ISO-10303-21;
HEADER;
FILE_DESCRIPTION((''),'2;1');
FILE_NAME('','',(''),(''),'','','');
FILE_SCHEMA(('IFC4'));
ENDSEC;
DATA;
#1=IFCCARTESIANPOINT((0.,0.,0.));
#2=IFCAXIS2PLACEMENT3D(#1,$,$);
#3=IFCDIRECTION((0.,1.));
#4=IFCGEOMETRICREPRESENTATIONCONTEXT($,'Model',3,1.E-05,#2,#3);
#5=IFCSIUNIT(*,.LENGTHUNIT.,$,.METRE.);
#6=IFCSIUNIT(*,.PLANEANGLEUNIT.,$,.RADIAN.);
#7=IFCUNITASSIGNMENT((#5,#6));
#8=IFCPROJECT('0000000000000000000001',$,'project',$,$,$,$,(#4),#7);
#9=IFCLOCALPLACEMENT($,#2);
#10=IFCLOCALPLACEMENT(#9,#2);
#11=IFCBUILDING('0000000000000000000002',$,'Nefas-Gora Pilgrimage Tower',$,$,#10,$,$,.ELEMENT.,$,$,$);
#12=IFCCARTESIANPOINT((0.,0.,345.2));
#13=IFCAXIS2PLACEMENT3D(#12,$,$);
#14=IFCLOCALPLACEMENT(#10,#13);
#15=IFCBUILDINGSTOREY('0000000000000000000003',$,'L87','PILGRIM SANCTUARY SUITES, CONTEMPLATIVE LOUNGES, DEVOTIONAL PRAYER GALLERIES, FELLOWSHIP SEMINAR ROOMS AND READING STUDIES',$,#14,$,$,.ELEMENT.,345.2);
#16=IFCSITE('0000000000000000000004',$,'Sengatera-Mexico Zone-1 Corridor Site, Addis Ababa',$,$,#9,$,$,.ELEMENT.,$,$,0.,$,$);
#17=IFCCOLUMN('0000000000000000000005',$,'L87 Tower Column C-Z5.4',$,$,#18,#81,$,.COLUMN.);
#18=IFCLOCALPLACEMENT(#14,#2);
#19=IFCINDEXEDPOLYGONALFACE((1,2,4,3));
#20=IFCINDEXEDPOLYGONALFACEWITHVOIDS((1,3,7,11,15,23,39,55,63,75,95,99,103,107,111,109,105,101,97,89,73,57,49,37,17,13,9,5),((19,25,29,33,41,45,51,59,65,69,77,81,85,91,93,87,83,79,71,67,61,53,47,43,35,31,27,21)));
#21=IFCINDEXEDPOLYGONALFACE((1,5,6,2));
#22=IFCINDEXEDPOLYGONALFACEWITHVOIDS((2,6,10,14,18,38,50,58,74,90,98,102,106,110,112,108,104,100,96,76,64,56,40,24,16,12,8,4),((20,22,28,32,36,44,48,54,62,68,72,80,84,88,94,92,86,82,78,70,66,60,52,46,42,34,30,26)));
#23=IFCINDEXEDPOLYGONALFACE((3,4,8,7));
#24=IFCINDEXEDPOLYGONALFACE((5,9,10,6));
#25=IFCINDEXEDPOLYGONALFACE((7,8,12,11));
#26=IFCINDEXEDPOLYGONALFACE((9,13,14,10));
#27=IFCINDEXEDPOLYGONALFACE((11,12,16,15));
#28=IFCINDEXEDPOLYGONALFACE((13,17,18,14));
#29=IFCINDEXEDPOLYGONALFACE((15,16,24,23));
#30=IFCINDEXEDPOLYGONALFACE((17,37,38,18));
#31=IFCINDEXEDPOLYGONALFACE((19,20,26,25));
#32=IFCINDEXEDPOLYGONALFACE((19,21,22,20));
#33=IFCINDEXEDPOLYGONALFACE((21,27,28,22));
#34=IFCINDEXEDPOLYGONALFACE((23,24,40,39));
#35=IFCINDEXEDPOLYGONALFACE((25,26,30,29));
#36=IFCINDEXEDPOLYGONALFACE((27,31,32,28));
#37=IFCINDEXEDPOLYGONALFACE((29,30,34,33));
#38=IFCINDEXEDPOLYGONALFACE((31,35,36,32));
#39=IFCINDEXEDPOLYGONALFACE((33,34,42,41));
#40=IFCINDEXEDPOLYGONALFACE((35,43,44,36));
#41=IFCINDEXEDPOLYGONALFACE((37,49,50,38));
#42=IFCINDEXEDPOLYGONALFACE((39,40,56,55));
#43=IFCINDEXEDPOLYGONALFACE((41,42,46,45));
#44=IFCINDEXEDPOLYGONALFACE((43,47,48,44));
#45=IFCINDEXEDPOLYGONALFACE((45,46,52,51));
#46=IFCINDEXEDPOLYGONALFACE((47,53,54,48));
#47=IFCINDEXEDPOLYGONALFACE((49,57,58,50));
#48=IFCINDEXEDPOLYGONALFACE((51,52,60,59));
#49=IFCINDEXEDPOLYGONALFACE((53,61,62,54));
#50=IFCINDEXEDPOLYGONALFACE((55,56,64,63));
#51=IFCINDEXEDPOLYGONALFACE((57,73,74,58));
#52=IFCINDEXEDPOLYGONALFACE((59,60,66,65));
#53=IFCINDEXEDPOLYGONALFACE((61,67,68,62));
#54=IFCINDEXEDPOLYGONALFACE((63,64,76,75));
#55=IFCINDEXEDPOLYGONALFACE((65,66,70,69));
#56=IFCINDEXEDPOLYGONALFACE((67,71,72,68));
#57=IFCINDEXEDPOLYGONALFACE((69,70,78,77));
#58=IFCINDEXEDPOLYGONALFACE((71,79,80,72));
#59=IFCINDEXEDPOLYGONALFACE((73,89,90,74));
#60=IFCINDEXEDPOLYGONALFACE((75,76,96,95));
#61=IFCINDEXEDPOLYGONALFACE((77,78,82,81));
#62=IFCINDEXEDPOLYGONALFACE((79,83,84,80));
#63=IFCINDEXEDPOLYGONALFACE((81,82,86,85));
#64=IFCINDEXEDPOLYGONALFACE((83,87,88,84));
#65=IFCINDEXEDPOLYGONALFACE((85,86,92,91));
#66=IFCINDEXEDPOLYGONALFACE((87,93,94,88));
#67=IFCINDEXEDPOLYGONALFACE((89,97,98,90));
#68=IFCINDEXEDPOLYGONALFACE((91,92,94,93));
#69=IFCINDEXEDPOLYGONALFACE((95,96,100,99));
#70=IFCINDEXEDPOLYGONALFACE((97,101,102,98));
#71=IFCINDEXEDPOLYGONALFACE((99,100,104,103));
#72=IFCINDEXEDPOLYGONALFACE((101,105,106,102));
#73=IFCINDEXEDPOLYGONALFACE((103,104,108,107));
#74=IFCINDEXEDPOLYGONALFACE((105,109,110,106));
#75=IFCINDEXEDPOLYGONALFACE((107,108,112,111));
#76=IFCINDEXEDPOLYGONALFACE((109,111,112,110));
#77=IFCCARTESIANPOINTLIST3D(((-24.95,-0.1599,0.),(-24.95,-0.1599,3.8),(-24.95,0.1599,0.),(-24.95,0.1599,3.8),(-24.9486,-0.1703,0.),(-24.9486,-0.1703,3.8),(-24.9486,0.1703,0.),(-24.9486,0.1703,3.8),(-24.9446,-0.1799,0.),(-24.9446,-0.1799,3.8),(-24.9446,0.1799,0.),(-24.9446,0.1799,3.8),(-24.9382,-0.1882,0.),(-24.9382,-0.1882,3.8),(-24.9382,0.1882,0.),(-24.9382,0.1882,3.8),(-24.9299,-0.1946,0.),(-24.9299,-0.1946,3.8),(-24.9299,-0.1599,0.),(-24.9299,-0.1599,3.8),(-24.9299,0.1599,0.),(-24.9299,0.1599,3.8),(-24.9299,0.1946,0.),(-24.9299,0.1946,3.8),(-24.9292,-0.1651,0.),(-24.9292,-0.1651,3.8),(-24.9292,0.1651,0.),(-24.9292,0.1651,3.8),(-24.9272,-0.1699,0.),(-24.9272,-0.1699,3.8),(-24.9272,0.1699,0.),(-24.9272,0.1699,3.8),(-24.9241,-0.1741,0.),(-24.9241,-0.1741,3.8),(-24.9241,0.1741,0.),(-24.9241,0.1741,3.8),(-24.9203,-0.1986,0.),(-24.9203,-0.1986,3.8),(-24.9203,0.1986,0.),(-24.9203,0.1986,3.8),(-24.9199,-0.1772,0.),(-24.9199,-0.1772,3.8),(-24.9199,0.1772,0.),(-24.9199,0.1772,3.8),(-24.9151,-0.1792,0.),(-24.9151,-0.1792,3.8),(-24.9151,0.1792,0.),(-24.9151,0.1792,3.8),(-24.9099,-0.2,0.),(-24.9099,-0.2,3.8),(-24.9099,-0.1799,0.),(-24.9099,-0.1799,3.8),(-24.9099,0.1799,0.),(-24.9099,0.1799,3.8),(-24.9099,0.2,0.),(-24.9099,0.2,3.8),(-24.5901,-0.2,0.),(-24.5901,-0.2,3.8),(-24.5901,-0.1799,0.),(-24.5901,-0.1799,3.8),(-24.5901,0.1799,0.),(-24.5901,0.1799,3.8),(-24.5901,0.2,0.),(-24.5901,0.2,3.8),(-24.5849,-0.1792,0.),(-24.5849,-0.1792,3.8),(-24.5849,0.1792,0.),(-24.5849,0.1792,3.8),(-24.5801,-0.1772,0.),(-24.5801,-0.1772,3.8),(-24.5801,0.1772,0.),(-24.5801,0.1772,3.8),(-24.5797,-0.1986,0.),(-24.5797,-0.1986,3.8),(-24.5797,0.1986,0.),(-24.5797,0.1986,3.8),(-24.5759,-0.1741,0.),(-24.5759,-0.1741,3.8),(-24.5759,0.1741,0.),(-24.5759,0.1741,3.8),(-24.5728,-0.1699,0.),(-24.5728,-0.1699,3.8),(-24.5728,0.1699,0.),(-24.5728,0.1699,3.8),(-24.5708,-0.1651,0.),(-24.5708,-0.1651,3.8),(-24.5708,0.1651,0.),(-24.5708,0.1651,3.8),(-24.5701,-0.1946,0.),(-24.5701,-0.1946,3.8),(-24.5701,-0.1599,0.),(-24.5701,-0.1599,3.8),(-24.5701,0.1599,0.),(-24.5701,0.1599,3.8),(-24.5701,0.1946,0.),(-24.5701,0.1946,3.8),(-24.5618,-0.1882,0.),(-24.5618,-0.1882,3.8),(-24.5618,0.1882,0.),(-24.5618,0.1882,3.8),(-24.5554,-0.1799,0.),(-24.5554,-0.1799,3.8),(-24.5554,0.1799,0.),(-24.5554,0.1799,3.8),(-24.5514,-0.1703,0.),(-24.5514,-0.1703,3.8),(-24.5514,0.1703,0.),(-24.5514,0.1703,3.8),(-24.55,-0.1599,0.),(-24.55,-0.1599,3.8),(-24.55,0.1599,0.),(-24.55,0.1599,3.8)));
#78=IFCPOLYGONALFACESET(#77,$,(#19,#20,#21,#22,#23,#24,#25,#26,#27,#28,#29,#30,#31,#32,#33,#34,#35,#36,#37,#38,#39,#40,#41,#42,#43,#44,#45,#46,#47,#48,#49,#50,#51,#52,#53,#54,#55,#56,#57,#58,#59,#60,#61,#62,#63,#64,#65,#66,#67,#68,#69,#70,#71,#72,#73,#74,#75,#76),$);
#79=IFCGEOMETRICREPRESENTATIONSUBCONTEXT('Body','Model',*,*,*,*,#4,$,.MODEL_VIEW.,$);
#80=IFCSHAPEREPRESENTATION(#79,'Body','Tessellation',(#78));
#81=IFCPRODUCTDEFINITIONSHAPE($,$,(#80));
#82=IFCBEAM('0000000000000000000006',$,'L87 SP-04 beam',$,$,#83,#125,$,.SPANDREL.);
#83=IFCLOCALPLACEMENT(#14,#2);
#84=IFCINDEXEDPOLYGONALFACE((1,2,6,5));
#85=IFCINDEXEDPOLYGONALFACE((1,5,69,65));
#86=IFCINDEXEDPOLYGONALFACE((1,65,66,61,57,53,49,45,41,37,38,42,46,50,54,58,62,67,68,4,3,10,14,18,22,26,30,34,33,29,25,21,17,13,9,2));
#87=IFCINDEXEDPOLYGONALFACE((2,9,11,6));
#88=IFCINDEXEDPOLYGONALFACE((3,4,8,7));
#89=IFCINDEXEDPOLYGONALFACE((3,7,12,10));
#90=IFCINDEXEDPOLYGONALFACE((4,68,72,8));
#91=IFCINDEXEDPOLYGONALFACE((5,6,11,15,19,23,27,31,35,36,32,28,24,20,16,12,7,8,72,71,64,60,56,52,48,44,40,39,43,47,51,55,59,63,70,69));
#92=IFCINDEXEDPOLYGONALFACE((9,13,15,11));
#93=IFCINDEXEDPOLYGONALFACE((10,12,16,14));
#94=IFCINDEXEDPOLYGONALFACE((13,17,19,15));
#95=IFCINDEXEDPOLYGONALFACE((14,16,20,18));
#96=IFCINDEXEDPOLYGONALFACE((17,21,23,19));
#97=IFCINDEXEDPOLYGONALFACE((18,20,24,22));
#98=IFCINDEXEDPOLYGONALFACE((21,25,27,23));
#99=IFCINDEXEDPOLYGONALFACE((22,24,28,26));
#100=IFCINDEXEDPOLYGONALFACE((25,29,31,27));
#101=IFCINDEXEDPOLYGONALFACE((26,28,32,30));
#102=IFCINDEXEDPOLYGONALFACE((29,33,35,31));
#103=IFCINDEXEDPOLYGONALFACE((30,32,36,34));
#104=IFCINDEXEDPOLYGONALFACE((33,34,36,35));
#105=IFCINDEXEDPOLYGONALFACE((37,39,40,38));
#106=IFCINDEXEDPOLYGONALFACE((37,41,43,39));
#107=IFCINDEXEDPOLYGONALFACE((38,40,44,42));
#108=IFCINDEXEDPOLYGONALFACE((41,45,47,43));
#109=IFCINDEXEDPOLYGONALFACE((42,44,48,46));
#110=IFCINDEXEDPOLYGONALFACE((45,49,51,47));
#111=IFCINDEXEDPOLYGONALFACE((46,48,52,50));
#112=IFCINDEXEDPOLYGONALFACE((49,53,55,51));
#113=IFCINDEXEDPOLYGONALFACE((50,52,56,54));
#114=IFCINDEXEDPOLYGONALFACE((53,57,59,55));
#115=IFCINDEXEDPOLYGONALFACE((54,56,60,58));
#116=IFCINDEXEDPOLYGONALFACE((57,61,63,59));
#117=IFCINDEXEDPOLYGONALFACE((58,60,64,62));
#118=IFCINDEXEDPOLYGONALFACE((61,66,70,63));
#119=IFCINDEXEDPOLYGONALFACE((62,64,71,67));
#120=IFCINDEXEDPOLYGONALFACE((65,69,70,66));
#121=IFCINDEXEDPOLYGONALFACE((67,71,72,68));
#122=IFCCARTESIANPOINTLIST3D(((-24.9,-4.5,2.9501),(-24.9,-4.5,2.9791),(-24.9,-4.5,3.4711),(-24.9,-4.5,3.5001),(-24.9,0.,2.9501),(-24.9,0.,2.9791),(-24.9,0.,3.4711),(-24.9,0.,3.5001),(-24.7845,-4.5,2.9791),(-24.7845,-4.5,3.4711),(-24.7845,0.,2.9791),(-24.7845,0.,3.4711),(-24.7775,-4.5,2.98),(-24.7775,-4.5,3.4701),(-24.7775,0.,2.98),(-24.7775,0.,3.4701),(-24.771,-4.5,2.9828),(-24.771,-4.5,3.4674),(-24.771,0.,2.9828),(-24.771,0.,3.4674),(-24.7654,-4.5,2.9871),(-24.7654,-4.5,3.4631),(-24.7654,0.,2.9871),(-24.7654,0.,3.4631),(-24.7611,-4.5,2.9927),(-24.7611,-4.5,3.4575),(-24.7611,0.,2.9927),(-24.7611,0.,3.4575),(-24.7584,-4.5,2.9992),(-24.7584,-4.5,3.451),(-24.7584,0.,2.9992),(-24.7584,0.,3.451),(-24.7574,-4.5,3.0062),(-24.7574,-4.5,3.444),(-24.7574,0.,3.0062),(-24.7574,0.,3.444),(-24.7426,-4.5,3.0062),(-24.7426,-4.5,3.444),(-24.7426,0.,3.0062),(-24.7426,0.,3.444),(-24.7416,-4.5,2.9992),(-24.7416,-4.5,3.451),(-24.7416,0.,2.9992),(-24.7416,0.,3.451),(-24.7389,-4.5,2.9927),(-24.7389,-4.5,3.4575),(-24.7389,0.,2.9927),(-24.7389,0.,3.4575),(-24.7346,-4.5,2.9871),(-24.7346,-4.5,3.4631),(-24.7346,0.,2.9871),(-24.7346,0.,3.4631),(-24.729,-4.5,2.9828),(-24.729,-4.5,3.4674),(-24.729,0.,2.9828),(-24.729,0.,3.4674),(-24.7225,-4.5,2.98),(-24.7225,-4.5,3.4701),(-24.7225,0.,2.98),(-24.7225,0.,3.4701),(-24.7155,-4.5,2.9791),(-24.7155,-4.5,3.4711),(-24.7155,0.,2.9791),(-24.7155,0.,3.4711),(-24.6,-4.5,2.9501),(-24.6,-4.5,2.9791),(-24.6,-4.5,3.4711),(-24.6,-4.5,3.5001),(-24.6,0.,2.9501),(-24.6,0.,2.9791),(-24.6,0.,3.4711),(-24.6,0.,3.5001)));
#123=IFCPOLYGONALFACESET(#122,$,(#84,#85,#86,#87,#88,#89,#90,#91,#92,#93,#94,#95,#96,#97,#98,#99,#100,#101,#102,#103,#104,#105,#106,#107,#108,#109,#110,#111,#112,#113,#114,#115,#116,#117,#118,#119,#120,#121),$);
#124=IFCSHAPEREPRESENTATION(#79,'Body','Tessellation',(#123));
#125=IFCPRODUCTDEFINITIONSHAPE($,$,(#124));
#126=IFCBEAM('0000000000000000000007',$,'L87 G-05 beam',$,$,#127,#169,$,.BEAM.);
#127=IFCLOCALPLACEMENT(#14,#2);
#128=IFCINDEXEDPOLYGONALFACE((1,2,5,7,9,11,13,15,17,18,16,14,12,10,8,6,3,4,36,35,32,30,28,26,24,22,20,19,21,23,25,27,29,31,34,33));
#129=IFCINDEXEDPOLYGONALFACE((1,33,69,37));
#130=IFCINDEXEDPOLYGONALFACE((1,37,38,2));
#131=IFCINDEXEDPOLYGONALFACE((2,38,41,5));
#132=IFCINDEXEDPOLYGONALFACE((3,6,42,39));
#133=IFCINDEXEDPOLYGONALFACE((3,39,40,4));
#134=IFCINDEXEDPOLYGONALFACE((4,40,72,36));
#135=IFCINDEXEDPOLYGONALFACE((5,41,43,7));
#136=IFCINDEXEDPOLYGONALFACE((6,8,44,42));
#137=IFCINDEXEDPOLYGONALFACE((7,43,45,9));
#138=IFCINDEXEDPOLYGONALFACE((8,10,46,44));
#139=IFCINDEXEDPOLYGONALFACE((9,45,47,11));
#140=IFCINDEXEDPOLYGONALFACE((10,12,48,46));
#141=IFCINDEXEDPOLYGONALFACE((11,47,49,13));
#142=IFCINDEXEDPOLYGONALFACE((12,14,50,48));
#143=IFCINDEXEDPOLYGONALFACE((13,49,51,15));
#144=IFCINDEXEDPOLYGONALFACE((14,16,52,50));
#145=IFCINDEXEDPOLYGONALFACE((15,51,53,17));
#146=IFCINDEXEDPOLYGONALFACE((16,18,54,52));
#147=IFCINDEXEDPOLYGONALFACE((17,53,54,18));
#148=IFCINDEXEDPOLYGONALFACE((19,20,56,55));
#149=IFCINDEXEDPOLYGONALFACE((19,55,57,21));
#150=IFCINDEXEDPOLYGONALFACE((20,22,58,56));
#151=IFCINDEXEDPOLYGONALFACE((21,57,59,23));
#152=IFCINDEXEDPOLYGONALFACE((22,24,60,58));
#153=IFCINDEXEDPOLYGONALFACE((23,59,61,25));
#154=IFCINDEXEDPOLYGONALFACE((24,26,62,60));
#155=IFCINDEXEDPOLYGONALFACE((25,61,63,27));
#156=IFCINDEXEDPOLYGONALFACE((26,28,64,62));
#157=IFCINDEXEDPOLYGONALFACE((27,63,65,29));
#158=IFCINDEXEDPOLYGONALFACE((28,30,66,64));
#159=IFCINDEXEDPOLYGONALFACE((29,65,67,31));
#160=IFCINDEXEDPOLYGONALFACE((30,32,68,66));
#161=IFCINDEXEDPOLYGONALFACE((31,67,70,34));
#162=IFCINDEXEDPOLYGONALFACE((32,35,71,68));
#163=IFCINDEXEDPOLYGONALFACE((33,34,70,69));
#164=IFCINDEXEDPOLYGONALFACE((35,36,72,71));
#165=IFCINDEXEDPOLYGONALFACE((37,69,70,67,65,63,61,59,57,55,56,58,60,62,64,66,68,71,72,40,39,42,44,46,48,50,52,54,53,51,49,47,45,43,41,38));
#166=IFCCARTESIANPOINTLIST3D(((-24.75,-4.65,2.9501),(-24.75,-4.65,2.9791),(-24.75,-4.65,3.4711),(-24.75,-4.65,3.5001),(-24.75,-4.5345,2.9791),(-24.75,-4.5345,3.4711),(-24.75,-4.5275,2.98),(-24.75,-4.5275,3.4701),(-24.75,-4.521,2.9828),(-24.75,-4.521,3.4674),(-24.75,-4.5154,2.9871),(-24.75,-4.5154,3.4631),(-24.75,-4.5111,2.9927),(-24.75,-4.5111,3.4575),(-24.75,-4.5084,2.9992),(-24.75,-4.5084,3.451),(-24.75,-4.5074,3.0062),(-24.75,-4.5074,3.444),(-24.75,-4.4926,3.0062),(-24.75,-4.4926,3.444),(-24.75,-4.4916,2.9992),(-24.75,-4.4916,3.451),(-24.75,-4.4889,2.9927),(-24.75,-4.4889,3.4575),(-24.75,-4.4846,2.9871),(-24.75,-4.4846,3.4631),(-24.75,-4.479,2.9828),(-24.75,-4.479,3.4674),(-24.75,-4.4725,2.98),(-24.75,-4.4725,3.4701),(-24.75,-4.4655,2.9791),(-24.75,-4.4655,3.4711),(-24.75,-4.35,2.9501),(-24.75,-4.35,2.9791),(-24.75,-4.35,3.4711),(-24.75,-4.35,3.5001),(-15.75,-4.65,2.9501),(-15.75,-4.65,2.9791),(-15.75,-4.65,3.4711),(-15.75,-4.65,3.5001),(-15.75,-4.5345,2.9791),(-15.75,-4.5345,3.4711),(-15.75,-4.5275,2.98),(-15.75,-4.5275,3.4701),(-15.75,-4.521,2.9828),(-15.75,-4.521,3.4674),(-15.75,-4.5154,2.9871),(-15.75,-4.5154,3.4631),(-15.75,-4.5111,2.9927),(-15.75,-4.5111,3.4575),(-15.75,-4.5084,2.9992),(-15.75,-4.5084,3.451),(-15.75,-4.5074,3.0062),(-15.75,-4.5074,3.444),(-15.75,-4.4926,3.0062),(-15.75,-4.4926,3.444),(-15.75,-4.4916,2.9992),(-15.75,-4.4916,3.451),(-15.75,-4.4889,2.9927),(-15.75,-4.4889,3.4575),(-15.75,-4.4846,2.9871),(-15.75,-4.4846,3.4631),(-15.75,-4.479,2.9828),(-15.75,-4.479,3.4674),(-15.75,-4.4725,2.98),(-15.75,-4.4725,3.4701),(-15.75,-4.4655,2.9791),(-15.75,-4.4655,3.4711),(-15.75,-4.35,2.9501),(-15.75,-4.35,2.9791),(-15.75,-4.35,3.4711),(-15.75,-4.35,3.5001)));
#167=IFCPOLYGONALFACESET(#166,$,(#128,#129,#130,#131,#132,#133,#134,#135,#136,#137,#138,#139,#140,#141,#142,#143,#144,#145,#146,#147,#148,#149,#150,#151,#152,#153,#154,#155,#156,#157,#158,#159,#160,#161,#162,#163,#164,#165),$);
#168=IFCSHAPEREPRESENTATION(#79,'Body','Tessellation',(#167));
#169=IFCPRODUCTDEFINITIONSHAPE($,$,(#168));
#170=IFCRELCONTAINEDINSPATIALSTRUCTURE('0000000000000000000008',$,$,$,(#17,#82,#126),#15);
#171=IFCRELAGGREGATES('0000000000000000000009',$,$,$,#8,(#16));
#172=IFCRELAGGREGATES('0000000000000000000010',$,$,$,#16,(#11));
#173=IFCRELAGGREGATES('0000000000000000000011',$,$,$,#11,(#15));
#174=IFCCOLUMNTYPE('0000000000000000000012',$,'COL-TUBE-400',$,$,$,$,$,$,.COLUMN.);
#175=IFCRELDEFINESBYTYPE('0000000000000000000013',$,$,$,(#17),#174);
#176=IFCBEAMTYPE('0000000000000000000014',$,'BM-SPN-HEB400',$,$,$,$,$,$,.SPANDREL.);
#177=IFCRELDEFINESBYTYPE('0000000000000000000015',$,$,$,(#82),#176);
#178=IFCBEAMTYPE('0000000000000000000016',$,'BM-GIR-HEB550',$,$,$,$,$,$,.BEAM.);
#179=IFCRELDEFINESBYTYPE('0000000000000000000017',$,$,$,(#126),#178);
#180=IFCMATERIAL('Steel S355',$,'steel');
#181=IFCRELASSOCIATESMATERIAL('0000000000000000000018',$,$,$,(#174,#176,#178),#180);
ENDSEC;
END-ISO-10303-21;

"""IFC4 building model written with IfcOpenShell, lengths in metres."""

from ifc_helpers import new_model, si_unit, direction, frame, origin, origin_2d, place, context, subcontext, project, spatial, hollow_rectangle, i_section, extrude, source, transform, mapped, material, material_profile, profile_set, type_object, element, save


model = new_model("IFC4")

# Units and contexts
model_context = context("Model", 3, precision=1e-05, world=origin(), true_north=direction((0.0, 1.0)))
body_context = subcontext(model_context, "Body", "Model", "MODEL_VIEW")
ifc_project = project(units=[si_unit("LENGTHUNIT", "METRE"), si_unit("PLANEANGLEUNIT", "RADIAN")], contexts=[model_context])

# Site, building, storey
site_placement = place(None, origin())
site = spatial("IfcSite", under=ifc_project, at=site_placement, Name="Sengatera-Mexico Zone-1 Corridor Site, Addis Ababa", CompositionType="ELEMENT", RefElevation=0.0)
building_placement = place(site_placement, origin())
building = spatial("IfcBuilding", under=site, at=building_placement, Name="Nefas-Gora Pilgrimage Tower", CompositionType="ELEMENT")
storey_placement = place(building_placement, frame((0.0, 0.0, 345.2)))
storey = spatial("IfcBuildingStorey", under=building, at=storey_placement, Name="L87", Description="PILGRIM SANCTUARY SUITES, CONTEMPLATIVE LOUNGES, DEVOTIONAL PRAYER GALLERIES, FELLOWSHIP SEMINAR ROOMS AND READING STUDIES", CompositionType="ELEMENT", Elevation=345.2)

# Column
ifc_material_1 = material(Name="Steel S355", Category="steel")
ifc_material_profile_1 = material_profile(ifc_material_1, hollow_rectangle(XDim=0.3999, YDim=0.3999, WallThickness=0.02, InnerFilletRadius=0.02, OuterFilletRadius=0.04, at=origin_2d()), Name="SHS 400x400x20")
ifc_profile_set_1 = profile_set([ifc_material_profile_1], Name="Steel S355")
column_type_1 = type_object("IfcColumnType", Name="COL-TUBE-400", PredefinedType="COLUMN", material=ifc_profile_set_1)
shared_shape_1 = source(origin(), body_context, "Body", "SweptSolid", [
    extrude(hollow_rectangle(XDim=0.3999, YDim=0.3999, WallThickness=0.02, InnerFilletRadius=0.02, OuterFilletRadius=0.04, at=origin_2d()), origin(), (0.0, 0.0, 1.0), 3.8),
])
for number, where, z_axis, x_axis, name in (
    (1, (-24.75, 0.0, 0.0), (0.0, 0.0, 1.0), (1.0, 0.0, 0.0), "L87 Tower Column C-Z5.4"),
):
    element("IfcColumn", number, at=place(storey_placement, frame(where, z_axis=z_axis, x_axis=x_axis)), inside=storey, type_object=column_type_1, Name=name, PredefinedType="COLUMN", context=body_context, shape_type="MappedRepresentation", body=[
        mapped(shared_shape_1, transform((0.0, 0.0, 0.0), x_axis=(1.0, 0.0, 0.0), y_axis=(0.0, 1.0, 0.0), z_axis=(0.0, 0.0, 1.0), scale=1.0)),
    ])

# Beams
ifc_material_profile_2 = material_profile(ifc_material_1, i_section(OverallWidth=0.3, OverallDepth=0.55, WebThickness=0.0149, FlangeThickness=0.0291, FilletRadius=0.0271, at=origin_2d()), Name="HEB 550")
ifc_profile_set_2 = profile_set([ifc_material_profile_2], Name="Steel S355")
beam_type_1 = type_object("IfcBeamType", Name="BM-SPN-HEB400", PredefinedType="SPANDREL", material=ifc_profile_set_2)
shared_shape_2 = source(origin(), body_context, "Body", "SweptSolid", [
    extrude(i_section(OverallWidth=0.3, OverallDepth=0.55, WebThickness=0.0149, FlangeThickness=0.0291, FilletRadius=0.0271, at=origin_2d()), origin(), (0.0, 0.0, 1.0), 4.5),
])
beam_1_placement = place(storey_placement, frame((-24.75, -4.5, 3.2251), z_axis=(0.0, 1.0, 0.0), x_axis=(-1.0, 0.0, 0.0)))
element("IfcBeam", 2, at=beam_1_placement, inside=storey, type_object=beam_type_1, Name="L87 SP-04 beam", PredefinedType="SPANDREL", context=body_context, shape_type="MappedRepresentation", body=[
    mapped(shared_shape_2, transform((0.0, 0.0, 0.0), x_axis=(1.0, 0.0, 0.0), y_axis=(0.0, 1.0, 0.0), z_axis=(0.0, 0.0, 1.0), scale=1.0)),
])
ifc_material_profile_3 = material_profile(ifc_material_1, i_section(OverallWidth=0.3, OverallDepth=0.55, WebThickness=0.0149, FlangeThickness=0.0291, FilletRadius=0.0271, at=origin_2d()), Name="HEB 550")
ifc_profile_set_3 = profile_set([ifc_material_profile_3], Name="Steel S355")
beam_type_2 = type_object("IfcBeamType", Name="BM-GIR-HEB550", PredefinedType="BEAM", material=ifc_profile_set_3)
shared_shape_3 = source(origin(), body_context, "Body", "SweptSolid", [
    extrude(i_section(OverallWidth=0.3, OverallDepth=0.55, WebThickness=0.0149, FlangeThickness=0.0291, FilletRadius=0.0271, at=origin_2d()), origin(), (0.0, 0.0, 1.0), 9.0),
])
beam_2_placement = place(storey_placement, frame((-24.75, -4.5, 3.2251), z_axis=(1.0, 0.0, 0.0), x_axis=(0.0, 1.0, 0.0)))
element("IfcBeam", 3, at=beam_2_placement, inside=storey, type_object=beam_type_2, Name="L87 G-05 beam", PredefinedType="BEAM", context=body_context, shape_type="MappedRepresentation", body=[
    mapped(shared_shape_3, transform((0.0, 0.0, 0.0), x_axis=(1.0, 0.0, 0.0), y_axis=(0.0, 1.0, 0.0), z_axis=(0.0, 0.0, 1.0), scale=1.0)),
])

save(model, "model.ifc")
